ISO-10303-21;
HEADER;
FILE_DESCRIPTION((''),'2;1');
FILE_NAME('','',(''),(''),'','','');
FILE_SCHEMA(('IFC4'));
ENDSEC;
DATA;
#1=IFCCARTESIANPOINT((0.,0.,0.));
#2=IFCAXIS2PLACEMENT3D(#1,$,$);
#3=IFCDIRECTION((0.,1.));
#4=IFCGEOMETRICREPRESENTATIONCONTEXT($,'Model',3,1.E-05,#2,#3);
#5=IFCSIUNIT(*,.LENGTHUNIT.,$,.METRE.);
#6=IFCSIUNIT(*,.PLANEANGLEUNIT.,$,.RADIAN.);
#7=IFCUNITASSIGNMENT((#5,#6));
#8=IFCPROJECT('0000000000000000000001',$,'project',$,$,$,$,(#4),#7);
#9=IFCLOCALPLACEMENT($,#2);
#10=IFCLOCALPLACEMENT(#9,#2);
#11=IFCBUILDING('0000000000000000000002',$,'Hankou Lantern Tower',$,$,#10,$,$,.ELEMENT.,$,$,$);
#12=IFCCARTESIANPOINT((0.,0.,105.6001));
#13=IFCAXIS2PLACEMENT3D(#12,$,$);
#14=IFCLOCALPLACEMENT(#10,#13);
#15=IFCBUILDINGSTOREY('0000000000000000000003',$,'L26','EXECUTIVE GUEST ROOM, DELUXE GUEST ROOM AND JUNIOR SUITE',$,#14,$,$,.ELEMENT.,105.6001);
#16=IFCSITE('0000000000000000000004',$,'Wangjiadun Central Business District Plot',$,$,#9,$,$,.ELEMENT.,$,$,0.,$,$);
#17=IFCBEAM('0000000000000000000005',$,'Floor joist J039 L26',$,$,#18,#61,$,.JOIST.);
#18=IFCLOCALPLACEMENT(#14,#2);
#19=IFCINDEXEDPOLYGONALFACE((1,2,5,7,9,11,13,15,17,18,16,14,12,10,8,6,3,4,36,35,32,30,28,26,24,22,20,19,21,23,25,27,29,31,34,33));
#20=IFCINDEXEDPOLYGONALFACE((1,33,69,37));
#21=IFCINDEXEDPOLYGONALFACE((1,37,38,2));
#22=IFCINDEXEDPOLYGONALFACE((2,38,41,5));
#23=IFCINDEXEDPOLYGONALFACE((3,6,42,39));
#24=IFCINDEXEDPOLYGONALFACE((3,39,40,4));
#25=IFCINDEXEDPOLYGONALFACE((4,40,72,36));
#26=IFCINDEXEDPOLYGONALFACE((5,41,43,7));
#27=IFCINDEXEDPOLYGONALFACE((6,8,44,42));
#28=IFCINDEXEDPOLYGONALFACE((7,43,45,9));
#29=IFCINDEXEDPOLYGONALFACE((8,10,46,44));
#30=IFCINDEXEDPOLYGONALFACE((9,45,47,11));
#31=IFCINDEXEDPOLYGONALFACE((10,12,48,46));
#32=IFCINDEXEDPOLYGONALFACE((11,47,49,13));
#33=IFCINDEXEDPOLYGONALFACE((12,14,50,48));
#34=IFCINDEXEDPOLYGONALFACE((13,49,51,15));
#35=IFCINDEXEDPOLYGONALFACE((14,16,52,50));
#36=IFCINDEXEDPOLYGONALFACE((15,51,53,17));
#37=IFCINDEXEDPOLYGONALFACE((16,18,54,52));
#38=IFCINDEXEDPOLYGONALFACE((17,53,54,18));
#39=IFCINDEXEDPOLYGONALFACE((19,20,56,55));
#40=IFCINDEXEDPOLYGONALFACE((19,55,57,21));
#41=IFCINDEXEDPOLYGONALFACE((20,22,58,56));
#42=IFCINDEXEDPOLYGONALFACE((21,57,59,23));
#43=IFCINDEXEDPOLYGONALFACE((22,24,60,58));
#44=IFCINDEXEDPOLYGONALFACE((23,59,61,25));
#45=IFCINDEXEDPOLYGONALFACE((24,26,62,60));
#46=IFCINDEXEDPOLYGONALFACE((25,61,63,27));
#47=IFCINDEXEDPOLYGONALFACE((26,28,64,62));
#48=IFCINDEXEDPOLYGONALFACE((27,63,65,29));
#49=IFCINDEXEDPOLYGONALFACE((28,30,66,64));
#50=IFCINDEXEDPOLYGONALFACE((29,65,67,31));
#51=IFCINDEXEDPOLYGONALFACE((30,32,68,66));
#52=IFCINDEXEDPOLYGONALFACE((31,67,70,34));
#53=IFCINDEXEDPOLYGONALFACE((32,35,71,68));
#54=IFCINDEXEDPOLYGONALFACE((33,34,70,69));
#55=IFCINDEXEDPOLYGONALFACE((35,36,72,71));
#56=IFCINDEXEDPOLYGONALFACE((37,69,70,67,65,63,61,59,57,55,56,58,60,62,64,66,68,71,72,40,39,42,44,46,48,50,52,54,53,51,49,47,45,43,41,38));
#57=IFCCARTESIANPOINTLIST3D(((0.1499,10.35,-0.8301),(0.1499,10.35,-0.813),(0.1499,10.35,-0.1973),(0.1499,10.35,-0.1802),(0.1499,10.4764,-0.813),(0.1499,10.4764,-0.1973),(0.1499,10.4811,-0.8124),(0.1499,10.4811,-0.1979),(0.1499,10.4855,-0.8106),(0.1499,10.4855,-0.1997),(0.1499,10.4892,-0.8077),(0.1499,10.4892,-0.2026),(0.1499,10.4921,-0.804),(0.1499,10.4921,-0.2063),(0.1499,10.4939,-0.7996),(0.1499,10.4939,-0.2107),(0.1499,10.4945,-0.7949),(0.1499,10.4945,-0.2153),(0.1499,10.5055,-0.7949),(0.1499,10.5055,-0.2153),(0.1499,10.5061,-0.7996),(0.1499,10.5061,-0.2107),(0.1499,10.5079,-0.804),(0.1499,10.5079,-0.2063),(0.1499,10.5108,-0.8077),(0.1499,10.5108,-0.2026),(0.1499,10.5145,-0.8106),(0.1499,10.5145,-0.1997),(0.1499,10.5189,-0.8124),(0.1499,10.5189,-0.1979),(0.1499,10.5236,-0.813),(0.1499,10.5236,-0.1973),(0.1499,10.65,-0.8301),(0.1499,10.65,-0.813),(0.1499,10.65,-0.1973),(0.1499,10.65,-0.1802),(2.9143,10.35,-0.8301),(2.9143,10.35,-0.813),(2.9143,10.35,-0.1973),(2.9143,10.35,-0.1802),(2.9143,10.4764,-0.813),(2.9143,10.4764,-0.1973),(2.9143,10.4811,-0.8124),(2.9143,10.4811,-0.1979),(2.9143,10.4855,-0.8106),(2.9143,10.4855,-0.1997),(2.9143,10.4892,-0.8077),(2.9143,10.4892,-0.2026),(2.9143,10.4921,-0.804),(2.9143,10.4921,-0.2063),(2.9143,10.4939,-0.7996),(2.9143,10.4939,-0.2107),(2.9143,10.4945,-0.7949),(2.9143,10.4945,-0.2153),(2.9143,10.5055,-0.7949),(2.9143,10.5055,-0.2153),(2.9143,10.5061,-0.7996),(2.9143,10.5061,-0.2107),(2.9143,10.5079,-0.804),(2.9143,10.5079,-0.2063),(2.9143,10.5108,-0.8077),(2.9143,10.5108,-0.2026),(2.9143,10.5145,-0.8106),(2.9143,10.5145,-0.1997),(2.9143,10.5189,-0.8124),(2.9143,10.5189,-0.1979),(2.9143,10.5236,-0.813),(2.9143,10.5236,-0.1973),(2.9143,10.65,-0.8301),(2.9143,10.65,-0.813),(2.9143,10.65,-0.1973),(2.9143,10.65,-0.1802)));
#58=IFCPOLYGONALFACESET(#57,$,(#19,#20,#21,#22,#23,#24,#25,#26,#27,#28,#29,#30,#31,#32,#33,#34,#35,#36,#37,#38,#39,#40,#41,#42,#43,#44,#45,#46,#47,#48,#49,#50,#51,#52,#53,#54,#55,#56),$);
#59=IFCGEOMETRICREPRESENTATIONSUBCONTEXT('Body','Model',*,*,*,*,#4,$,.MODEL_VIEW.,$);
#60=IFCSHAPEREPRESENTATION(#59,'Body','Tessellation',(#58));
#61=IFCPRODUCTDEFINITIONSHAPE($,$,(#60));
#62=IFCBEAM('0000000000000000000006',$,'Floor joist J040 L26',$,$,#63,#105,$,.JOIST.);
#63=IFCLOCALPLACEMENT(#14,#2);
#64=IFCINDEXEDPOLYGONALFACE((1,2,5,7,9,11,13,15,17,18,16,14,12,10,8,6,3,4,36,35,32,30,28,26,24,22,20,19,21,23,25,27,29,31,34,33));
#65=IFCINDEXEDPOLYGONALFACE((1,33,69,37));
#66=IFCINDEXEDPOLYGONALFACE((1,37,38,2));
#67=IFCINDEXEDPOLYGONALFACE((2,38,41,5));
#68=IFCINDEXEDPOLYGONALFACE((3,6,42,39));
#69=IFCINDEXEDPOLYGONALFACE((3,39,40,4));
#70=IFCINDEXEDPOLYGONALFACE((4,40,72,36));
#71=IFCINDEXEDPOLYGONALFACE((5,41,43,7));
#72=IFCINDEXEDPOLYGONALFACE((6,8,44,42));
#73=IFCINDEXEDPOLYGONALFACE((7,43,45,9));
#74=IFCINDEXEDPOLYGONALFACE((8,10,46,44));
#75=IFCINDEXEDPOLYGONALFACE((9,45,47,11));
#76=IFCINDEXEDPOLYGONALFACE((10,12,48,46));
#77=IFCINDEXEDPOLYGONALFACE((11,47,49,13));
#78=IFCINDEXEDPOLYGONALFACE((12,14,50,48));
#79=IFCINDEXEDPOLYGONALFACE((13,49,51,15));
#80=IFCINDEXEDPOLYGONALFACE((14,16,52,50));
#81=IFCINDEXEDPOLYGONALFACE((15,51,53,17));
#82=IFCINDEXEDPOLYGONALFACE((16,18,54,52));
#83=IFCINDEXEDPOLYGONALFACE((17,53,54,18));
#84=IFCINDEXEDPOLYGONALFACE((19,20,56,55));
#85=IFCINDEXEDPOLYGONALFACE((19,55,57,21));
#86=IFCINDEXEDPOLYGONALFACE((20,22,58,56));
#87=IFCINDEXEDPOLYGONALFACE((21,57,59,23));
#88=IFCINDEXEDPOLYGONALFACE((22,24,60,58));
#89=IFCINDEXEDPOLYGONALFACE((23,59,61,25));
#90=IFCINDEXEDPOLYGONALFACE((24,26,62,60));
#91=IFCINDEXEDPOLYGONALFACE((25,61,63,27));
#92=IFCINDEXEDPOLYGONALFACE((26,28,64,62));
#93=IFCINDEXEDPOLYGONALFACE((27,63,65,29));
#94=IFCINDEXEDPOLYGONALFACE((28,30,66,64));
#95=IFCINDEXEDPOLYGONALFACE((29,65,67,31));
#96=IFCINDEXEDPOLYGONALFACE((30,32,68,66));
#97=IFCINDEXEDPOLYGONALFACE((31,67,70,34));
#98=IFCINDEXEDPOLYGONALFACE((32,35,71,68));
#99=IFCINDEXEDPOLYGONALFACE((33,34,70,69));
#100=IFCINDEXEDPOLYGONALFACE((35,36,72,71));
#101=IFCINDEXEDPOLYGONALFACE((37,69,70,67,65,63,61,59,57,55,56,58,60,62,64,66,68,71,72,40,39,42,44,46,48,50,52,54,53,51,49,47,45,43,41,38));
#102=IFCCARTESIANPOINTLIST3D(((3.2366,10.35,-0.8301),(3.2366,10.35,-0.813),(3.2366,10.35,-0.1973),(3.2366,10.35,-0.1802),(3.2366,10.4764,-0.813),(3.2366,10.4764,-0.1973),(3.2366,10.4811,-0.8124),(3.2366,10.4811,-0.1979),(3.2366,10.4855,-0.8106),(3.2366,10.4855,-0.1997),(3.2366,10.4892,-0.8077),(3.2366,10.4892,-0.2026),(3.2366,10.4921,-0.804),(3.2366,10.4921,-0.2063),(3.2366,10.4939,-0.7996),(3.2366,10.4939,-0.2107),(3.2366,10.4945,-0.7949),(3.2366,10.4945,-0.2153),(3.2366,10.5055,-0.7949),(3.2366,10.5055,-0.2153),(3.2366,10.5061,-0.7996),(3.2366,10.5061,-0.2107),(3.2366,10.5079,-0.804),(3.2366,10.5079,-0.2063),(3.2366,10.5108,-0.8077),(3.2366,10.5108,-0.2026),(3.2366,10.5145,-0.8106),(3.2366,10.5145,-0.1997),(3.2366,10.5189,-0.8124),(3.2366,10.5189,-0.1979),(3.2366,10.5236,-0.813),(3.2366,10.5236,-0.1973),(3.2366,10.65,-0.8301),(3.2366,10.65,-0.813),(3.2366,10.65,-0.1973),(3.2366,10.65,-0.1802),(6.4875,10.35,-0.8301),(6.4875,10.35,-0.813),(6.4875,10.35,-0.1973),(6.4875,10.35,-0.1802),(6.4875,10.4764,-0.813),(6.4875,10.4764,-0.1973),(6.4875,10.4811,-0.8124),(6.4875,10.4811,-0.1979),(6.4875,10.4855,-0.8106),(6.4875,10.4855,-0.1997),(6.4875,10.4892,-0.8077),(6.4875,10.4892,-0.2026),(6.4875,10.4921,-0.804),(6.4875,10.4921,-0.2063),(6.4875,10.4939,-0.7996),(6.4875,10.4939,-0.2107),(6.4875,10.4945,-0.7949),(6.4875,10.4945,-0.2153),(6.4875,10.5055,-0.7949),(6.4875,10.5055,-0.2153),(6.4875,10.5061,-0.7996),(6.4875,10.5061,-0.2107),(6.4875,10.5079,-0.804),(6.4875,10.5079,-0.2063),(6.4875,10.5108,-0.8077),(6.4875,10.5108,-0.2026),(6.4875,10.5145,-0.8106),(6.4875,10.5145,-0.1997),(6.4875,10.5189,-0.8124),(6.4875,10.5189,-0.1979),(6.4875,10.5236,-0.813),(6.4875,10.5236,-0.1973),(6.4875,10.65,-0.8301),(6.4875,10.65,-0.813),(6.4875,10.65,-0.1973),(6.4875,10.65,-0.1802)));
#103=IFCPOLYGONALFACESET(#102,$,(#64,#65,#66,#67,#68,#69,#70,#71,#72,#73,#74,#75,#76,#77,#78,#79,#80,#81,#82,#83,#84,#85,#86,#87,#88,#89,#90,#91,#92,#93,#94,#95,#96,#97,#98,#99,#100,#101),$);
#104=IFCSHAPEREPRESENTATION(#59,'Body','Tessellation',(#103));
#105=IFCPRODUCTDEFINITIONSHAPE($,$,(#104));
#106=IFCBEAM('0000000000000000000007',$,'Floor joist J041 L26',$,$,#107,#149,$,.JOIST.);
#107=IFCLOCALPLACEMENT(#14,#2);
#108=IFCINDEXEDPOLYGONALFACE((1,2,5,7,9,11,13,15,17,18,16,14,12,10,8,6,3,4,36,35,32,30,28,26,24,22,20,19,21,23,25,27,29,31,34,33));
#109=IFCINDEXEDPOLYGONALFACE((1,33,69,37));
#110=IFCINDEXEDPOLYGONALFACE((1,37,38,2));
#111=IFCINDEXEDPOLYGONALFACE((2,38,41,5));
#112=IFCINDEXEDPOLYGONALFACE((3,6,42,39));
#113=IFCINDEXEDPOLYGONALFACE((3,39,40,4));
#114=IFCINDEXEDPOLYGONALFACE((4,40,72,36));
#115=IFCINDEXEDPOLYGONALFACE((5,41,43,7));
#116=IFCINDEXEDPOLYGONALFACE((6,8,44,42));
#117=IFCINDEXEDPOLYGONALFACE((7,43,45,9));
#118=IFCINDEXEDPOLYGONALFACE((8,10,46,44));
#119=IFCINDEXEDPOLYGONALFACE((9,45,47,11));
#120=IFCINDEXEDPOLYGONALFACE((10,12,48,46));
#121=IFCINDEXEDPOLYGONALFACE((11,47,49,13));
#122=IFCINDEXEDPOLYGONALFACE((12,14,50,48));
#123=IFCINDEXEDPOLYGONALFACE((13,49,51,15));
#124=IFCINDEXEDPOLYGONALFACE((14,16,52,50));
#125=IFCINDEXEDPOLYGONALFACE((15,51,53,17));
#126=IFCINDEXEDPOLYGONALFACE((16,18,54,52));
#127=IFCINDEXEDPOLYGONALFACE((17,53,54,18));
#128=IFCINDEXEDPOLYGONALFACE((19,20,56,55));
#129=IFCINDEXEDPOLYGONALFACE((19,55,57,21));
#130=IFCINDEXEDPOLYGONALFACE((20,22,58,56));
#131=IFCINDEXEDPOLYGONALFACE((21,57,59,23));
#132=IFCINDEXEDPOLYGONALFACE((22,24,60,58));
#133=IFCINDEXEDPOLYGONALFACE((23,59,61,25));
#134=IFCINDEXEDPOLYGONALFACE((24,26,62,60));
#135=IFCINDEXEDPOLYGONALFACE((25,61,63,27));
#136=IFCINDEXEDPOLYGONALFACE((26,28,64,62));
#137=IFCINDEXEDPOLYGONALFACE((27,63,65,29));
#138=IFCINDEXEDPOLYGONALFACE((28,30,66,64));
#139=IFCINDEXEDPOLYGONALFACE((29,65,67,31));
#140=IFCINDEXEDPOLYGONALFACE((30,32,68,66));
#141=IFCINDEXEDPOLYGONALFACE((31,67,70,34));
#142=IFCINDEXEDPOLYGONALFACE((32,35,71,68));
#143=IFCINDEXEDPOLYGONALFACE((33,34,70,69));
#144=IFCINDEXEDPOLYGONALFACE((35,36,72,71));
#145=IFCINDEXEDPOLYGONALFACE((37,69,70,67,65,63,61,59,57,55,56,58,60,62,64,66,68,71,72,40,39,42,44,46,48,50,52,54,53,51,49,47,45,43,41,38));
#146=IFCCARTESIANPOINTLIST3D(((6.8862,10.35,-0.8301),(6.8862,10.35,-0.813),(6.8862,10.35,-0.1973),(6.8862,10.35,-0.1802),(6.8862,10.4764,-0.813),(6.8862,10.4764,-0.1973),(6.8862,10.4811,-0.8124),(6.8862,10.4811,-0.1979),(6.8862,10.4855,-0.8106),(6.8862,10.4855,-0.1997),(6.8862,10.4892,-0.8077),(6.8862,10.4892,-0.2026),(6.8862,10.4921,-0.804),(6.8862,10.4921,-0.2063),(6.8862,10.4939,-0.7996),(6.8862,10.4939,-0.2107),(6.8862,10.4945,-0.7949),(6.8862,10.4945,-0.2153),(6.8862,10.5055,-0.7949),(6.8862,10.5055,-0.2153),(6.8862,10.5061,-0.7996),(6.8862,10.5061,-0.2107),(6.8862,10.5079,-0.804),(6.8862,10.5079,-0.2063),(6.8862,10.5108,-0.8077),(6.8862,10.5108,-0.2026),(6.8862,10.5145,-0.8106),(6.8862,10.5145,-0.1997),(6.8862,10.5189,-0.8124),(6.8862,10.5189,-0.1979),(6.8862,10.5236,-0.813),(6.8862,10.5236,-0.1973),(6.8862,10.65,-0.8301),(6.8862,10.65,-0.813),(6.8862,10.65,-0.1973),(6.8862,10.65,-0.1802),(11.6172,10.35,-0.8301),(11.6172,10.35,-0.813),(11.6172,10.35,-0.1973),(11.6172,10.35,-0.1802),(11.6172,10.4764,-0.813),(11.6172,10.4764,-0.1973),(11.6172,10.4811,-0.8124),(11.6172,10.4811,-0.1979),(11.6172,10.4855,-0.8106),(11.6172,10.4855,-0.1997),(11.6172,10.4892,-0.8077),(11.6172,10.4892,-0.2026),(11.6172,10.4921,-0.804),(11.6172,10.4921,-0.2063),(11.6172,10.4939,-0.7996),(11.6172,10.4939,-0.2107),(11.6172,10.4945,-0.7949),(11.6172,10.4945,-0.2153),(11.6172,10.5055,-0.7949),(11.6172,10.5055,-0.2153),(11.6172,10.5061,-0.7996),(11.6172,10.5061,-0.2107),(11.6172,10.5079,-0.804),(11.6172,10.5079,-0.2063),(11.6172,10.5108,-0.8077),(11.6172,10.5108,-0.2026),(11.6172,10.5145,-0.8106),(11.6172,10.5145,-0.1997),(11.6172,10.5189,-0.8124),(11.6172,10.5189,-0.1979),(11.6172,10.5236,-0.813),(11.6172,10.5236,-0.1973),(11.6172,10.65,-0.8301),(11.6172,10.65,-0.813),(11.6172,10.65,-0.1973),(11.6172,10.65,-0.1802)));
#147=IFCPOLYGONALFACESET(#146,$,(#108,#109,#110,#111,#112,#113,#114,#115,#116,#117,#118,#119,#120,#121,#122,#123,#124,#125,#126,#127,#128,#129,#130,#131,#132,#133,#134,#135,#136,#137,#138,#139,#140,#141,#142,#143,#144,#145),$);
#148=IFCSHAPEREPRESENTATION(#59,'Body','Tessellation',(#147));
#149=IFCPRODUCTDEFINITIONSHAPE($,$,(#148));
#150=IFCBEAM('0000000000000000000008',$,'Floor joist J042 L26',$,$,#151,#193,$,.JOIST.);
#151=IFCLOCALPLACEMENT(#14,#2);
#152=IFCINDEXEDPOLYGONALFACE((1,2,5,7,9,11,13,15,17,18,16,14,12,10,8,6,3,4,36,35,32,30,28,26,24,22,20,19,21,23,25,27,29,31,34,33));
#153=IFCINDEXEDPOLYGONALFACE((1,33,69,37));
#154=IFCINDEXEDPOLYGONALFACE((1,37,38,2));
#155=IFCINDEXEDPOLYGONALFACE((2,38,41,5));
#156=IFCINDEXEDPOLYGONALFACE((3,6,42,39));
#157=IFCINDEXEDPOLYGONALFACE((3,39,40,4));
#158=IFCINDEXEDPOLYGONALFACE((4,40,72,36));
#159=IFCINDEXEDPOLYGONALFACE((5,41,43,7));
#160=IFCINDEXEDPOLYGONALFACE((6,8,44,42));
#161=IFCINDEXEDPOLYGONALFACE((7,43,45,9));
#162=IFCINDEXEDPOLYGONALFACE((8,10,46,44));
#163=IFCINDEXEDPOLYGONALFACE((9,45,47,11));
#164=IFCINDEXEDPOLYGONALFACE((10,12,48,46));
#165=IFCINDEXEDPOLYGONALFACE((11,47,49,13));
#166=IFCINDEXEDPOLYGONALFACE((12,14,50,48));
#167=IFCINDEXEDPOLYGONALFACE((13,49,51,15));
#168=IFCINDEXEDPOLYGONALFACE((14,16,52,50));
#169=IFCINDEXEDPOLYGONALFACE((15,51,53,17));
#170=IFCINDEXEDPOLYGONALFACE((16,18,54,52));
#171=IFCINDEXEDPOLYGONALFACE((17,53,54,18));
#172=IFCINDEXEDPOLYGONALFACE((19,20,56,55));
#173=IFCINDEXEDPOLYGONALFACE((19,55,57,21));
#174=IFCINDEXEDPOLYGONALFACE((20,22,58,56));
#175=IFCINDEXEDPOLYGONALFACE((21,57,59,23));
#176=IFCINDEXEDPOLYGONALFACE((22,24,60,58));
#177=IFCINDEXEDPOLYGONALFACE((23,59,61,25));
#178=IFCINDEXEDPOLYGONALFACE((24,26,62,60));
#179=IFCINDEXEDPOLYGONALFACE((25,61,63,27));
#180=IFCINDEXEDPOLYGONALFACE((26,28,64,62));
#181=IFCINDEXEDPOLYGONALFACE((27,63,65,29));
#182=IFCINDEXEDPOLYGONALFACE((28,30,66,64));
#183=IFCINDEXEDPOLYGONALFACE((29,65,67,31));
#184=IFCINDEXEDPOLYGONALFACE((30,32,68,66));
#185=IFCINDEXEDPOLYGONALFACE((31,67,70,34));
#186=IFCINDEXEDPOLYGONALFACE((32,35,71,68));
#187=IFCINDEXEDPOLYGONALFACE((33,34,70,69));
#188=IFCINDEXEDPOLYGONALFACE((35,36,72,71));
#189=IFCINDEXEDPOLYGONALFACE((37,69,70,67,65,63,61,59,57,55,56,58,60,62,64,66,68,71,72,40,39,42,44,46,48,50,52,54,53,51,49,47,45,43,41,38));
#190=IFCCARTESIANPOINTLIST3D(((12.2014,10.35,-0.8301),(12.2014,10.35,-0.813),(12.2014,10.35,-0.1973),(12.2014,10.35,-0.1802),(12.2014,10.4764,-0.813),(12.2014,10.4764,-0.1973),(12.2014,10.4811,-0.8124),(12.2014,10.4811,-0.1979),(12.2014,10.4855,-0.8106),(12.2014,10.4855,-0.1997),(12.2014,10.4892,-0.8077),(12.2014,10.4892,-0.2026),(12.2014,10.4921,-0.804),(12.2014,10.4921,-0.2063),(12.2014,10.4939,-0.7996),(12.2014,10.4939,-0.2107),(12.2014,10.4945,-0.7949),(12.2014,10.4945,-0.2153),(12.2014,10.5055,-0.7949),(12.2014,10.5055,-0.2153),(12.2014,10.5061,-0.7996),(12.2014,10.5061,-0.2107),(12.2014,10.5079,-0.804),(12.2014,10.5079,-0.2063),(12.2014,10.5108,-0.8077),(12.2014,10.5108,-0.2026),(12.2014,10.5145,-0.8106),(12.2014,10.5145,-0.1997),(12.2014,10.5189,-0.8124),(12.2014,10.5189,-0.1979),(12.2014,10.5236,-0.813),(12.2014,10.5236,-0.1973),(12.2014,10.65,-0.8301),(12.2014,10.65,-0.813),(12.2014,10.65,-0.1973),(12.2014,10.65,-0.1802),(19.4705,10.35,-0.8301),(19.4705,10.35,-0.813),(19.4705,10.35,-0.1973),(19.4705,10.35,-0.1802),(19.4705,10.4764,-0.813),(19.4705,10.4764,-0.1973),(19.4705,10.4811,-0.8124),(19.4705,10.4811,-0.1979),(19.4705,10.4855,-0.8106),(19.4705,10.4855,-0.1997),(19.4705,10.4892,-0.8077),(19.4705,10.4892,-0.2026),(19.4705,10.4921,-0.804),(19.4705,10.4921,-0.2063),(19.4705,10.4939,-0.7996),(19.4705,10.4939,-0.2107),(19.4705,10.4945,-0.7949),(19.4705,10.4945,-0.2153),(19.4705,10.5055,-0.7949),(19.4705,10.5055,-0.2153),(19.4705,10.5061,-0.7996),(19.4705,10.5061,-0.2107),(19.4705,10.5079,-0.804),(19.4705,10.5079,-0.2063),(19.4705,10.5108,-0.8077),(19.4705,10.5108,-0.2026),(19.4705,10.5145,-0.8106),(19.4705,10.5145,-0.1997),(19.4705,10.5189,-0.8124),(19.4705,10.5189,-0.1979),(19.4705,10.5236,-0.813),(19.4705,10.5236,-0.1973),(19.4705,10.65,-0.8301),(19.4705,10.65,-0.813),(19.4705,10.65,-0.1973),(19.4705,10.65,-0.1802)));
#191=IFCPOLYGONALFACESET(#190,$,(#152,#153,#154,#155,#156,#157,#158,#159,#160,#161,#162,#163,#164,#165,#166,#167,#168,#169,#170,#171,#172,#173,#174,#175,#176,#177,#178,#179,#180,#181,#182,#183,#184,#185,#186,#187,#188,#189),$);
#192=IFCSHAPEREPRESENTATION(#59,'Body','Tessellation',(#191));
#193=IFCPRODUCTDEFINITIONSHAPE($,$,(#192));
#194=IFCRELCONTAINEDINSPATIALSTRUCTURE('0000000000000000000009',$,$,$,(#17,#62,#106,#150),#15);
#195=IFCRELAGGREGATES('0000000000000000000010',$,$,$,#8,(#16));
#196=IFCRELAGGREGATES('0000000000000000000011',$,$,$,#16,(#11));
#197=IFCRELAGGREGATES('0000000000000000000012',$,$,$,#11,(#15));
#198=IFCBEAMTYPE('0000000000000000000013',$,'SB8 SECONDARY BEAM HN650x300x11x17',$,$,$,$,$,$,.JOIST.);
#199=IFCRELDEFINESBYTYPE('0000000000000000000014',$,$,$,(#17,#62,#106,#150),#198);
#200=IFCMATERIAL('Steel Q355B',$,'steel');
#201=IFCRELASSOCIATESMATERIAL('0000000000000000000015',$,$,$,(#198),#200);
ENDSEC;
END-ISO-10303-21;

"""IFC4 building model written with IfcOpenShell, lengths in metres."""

from ifc_helpers import new_model, si_unit, direction, frame, origin, origin_2d, place, context, subcontext, project, spatial, i_section, extrude, material, material_profile, profile_set, type_object, element, save


model = new_model("IFC4")

# Units and contexts
model_context = context("Model", 3, precision=1e-05, world=origin(), true_north=direction((0.0, 1.0)))
body_context = subcontext(model_context, "Body", "Model", "MODEL_VIEW")
ifc_project = project(units=[si_unit("LENGTHUNIT", "METRE"), si_unit("PLANEANGLEUNIT", "RADIAN")], contexts=[model_context])

# Site, building, storey
site_placement = place(None, origin())
site = spatial("IfcSite", under=ifc_project, at=site_placement, Name="Wangjiadun Central Business District Plot", CompositionType="ELEMENT", RefElevation=0.0)
building_placement = place(site_placement, origin())
building = spatial("IfcBuilding", under=site, at=building_placement, Name="Hankou Lantern Tower", CompositionType="ELEMENT")
storey_placement = place(building_placement, frame((0.0, 0.0, 105.6001)))
storey = spatial("IfcBuildingStorey", under=building, at=storey_placement, Name="L26", Description="EXECUTIVE GUEST ROOM, DELUXE GUEST ROOM AND JUNIOR SUITE", CompositionType="ELEMENT", Elevation=105.6001)

# Beams
ifc_material_1 = material(Name="Steel Q355B", Category="steel")
ifc_material_profile_1 = material_profile(ifc_material_1, i_section(OverallWidth=0.3, OverallDepth=0.6499, WebThickness=0.011, FlangeThickness=0.0171, FilletRadius=0.0181, at=origin_2d()), Name="HN650x300x11x17")
ifc_profile_set_1 = profile_set([ifc_material_profile_1], Name="Steel Q355B")
beam_type_1 = type_object("IfcBeamType", Name="SB8 SECONDARY BEAM HN650x300x11x17", PredefinedType="JOIST", material=ifc_profile_set_1)
beam_1_placement = place(storey_placement, frame((0.1499, 10.5, -0.5051), z_axis=(1.0, 0.0, 0.0), x_axis=(0.0, 1.0, 0.0)))
element("IfcBeam", 1, at=beam_1_placement, inside=storey, type_object=beam_type_1, Name="Floor joist J039 L26", PredefinedType="JOIST", context=body_context, shape_type="SweptSolid", body=[
    extrude(i_section(OverallWidth=0.3, OverallDepth=0.6499, WebThickness=0.011, FlangeThickness=0.0171, FilletRadius=0.0181, at=origin_2d()), origin(), (0.0, 0.0, 1.0), 2.7644),
])
beam_2_placement = place(storey_placement, frame((3.2366, 10.5, -0.5051), z_axis=(1.0, 0.0, 0.0), x_axis=(0.0, 1.0, 0.0)))
element("IfcBeam", 2, at=beam_2_placement, inside=storey, type_object=beam_type_1, Name="Floor joist J040 L26", PredefinedType="JOIST", context=body_context, shape_type="SweptSolid", body=[
    extrude(i_section(OverallWidth=0.3, OverallDepth=0.6499, WebThickness=0.011, FlangeThickness=0.0171, FilletRadius=0.0181, at=origin_2d()), origin(), (0.0, 0.0, 1.0), 3.251),
])
beam_3_placement = place(storey_placement, frame((6.8862, 10.5, -0.5051), z_axis=(1.0, 0.0, 0.0), x_axis=(0.0, 1.0, 0.0)))
element("IfcBeam", 3, at=beam_3_placement, inside=storey, type_object=beam_type_1, Name="Floor joist J041 L26", PredefinedType="JOIST", context=body_context, shape_type="SweptSolid", body=[
    extrude(i_section(OverallWidth=0.3, OverallDepth=0.6499, WebThickness=0.011, FlangeThickness=0.0171, FilletRadius=0.0181, at=origin_2d()), origin(), (0.0, 0.0, 1.0), 4.731),
])
beam_4_placement = place(storey_placement, frame((12.2014, 10.5, -0.5051), z_axis=(1.0, 0.0, 0.0), x_axis=(0.0, 1.0, 0.0)))
element("IfcBeam", 4, at=beam_4_placement, inside=storey, type_object=beam_type_1, Name="Floor joist J042 L26", PredefinedType="JOIST", context=body_context, shape_type="SweptSolid", body=[
    extrude(i_section(OverallWidth=0.3, OverallDepth=0.6499, WebThickness=0.011, FlangeThickness=0.0171, FilletRadius=0.0181, at=origin_2d()), origin(), (0.0, 0.0, 1.0), 7.269),
])

save(model, "model.ifc")
